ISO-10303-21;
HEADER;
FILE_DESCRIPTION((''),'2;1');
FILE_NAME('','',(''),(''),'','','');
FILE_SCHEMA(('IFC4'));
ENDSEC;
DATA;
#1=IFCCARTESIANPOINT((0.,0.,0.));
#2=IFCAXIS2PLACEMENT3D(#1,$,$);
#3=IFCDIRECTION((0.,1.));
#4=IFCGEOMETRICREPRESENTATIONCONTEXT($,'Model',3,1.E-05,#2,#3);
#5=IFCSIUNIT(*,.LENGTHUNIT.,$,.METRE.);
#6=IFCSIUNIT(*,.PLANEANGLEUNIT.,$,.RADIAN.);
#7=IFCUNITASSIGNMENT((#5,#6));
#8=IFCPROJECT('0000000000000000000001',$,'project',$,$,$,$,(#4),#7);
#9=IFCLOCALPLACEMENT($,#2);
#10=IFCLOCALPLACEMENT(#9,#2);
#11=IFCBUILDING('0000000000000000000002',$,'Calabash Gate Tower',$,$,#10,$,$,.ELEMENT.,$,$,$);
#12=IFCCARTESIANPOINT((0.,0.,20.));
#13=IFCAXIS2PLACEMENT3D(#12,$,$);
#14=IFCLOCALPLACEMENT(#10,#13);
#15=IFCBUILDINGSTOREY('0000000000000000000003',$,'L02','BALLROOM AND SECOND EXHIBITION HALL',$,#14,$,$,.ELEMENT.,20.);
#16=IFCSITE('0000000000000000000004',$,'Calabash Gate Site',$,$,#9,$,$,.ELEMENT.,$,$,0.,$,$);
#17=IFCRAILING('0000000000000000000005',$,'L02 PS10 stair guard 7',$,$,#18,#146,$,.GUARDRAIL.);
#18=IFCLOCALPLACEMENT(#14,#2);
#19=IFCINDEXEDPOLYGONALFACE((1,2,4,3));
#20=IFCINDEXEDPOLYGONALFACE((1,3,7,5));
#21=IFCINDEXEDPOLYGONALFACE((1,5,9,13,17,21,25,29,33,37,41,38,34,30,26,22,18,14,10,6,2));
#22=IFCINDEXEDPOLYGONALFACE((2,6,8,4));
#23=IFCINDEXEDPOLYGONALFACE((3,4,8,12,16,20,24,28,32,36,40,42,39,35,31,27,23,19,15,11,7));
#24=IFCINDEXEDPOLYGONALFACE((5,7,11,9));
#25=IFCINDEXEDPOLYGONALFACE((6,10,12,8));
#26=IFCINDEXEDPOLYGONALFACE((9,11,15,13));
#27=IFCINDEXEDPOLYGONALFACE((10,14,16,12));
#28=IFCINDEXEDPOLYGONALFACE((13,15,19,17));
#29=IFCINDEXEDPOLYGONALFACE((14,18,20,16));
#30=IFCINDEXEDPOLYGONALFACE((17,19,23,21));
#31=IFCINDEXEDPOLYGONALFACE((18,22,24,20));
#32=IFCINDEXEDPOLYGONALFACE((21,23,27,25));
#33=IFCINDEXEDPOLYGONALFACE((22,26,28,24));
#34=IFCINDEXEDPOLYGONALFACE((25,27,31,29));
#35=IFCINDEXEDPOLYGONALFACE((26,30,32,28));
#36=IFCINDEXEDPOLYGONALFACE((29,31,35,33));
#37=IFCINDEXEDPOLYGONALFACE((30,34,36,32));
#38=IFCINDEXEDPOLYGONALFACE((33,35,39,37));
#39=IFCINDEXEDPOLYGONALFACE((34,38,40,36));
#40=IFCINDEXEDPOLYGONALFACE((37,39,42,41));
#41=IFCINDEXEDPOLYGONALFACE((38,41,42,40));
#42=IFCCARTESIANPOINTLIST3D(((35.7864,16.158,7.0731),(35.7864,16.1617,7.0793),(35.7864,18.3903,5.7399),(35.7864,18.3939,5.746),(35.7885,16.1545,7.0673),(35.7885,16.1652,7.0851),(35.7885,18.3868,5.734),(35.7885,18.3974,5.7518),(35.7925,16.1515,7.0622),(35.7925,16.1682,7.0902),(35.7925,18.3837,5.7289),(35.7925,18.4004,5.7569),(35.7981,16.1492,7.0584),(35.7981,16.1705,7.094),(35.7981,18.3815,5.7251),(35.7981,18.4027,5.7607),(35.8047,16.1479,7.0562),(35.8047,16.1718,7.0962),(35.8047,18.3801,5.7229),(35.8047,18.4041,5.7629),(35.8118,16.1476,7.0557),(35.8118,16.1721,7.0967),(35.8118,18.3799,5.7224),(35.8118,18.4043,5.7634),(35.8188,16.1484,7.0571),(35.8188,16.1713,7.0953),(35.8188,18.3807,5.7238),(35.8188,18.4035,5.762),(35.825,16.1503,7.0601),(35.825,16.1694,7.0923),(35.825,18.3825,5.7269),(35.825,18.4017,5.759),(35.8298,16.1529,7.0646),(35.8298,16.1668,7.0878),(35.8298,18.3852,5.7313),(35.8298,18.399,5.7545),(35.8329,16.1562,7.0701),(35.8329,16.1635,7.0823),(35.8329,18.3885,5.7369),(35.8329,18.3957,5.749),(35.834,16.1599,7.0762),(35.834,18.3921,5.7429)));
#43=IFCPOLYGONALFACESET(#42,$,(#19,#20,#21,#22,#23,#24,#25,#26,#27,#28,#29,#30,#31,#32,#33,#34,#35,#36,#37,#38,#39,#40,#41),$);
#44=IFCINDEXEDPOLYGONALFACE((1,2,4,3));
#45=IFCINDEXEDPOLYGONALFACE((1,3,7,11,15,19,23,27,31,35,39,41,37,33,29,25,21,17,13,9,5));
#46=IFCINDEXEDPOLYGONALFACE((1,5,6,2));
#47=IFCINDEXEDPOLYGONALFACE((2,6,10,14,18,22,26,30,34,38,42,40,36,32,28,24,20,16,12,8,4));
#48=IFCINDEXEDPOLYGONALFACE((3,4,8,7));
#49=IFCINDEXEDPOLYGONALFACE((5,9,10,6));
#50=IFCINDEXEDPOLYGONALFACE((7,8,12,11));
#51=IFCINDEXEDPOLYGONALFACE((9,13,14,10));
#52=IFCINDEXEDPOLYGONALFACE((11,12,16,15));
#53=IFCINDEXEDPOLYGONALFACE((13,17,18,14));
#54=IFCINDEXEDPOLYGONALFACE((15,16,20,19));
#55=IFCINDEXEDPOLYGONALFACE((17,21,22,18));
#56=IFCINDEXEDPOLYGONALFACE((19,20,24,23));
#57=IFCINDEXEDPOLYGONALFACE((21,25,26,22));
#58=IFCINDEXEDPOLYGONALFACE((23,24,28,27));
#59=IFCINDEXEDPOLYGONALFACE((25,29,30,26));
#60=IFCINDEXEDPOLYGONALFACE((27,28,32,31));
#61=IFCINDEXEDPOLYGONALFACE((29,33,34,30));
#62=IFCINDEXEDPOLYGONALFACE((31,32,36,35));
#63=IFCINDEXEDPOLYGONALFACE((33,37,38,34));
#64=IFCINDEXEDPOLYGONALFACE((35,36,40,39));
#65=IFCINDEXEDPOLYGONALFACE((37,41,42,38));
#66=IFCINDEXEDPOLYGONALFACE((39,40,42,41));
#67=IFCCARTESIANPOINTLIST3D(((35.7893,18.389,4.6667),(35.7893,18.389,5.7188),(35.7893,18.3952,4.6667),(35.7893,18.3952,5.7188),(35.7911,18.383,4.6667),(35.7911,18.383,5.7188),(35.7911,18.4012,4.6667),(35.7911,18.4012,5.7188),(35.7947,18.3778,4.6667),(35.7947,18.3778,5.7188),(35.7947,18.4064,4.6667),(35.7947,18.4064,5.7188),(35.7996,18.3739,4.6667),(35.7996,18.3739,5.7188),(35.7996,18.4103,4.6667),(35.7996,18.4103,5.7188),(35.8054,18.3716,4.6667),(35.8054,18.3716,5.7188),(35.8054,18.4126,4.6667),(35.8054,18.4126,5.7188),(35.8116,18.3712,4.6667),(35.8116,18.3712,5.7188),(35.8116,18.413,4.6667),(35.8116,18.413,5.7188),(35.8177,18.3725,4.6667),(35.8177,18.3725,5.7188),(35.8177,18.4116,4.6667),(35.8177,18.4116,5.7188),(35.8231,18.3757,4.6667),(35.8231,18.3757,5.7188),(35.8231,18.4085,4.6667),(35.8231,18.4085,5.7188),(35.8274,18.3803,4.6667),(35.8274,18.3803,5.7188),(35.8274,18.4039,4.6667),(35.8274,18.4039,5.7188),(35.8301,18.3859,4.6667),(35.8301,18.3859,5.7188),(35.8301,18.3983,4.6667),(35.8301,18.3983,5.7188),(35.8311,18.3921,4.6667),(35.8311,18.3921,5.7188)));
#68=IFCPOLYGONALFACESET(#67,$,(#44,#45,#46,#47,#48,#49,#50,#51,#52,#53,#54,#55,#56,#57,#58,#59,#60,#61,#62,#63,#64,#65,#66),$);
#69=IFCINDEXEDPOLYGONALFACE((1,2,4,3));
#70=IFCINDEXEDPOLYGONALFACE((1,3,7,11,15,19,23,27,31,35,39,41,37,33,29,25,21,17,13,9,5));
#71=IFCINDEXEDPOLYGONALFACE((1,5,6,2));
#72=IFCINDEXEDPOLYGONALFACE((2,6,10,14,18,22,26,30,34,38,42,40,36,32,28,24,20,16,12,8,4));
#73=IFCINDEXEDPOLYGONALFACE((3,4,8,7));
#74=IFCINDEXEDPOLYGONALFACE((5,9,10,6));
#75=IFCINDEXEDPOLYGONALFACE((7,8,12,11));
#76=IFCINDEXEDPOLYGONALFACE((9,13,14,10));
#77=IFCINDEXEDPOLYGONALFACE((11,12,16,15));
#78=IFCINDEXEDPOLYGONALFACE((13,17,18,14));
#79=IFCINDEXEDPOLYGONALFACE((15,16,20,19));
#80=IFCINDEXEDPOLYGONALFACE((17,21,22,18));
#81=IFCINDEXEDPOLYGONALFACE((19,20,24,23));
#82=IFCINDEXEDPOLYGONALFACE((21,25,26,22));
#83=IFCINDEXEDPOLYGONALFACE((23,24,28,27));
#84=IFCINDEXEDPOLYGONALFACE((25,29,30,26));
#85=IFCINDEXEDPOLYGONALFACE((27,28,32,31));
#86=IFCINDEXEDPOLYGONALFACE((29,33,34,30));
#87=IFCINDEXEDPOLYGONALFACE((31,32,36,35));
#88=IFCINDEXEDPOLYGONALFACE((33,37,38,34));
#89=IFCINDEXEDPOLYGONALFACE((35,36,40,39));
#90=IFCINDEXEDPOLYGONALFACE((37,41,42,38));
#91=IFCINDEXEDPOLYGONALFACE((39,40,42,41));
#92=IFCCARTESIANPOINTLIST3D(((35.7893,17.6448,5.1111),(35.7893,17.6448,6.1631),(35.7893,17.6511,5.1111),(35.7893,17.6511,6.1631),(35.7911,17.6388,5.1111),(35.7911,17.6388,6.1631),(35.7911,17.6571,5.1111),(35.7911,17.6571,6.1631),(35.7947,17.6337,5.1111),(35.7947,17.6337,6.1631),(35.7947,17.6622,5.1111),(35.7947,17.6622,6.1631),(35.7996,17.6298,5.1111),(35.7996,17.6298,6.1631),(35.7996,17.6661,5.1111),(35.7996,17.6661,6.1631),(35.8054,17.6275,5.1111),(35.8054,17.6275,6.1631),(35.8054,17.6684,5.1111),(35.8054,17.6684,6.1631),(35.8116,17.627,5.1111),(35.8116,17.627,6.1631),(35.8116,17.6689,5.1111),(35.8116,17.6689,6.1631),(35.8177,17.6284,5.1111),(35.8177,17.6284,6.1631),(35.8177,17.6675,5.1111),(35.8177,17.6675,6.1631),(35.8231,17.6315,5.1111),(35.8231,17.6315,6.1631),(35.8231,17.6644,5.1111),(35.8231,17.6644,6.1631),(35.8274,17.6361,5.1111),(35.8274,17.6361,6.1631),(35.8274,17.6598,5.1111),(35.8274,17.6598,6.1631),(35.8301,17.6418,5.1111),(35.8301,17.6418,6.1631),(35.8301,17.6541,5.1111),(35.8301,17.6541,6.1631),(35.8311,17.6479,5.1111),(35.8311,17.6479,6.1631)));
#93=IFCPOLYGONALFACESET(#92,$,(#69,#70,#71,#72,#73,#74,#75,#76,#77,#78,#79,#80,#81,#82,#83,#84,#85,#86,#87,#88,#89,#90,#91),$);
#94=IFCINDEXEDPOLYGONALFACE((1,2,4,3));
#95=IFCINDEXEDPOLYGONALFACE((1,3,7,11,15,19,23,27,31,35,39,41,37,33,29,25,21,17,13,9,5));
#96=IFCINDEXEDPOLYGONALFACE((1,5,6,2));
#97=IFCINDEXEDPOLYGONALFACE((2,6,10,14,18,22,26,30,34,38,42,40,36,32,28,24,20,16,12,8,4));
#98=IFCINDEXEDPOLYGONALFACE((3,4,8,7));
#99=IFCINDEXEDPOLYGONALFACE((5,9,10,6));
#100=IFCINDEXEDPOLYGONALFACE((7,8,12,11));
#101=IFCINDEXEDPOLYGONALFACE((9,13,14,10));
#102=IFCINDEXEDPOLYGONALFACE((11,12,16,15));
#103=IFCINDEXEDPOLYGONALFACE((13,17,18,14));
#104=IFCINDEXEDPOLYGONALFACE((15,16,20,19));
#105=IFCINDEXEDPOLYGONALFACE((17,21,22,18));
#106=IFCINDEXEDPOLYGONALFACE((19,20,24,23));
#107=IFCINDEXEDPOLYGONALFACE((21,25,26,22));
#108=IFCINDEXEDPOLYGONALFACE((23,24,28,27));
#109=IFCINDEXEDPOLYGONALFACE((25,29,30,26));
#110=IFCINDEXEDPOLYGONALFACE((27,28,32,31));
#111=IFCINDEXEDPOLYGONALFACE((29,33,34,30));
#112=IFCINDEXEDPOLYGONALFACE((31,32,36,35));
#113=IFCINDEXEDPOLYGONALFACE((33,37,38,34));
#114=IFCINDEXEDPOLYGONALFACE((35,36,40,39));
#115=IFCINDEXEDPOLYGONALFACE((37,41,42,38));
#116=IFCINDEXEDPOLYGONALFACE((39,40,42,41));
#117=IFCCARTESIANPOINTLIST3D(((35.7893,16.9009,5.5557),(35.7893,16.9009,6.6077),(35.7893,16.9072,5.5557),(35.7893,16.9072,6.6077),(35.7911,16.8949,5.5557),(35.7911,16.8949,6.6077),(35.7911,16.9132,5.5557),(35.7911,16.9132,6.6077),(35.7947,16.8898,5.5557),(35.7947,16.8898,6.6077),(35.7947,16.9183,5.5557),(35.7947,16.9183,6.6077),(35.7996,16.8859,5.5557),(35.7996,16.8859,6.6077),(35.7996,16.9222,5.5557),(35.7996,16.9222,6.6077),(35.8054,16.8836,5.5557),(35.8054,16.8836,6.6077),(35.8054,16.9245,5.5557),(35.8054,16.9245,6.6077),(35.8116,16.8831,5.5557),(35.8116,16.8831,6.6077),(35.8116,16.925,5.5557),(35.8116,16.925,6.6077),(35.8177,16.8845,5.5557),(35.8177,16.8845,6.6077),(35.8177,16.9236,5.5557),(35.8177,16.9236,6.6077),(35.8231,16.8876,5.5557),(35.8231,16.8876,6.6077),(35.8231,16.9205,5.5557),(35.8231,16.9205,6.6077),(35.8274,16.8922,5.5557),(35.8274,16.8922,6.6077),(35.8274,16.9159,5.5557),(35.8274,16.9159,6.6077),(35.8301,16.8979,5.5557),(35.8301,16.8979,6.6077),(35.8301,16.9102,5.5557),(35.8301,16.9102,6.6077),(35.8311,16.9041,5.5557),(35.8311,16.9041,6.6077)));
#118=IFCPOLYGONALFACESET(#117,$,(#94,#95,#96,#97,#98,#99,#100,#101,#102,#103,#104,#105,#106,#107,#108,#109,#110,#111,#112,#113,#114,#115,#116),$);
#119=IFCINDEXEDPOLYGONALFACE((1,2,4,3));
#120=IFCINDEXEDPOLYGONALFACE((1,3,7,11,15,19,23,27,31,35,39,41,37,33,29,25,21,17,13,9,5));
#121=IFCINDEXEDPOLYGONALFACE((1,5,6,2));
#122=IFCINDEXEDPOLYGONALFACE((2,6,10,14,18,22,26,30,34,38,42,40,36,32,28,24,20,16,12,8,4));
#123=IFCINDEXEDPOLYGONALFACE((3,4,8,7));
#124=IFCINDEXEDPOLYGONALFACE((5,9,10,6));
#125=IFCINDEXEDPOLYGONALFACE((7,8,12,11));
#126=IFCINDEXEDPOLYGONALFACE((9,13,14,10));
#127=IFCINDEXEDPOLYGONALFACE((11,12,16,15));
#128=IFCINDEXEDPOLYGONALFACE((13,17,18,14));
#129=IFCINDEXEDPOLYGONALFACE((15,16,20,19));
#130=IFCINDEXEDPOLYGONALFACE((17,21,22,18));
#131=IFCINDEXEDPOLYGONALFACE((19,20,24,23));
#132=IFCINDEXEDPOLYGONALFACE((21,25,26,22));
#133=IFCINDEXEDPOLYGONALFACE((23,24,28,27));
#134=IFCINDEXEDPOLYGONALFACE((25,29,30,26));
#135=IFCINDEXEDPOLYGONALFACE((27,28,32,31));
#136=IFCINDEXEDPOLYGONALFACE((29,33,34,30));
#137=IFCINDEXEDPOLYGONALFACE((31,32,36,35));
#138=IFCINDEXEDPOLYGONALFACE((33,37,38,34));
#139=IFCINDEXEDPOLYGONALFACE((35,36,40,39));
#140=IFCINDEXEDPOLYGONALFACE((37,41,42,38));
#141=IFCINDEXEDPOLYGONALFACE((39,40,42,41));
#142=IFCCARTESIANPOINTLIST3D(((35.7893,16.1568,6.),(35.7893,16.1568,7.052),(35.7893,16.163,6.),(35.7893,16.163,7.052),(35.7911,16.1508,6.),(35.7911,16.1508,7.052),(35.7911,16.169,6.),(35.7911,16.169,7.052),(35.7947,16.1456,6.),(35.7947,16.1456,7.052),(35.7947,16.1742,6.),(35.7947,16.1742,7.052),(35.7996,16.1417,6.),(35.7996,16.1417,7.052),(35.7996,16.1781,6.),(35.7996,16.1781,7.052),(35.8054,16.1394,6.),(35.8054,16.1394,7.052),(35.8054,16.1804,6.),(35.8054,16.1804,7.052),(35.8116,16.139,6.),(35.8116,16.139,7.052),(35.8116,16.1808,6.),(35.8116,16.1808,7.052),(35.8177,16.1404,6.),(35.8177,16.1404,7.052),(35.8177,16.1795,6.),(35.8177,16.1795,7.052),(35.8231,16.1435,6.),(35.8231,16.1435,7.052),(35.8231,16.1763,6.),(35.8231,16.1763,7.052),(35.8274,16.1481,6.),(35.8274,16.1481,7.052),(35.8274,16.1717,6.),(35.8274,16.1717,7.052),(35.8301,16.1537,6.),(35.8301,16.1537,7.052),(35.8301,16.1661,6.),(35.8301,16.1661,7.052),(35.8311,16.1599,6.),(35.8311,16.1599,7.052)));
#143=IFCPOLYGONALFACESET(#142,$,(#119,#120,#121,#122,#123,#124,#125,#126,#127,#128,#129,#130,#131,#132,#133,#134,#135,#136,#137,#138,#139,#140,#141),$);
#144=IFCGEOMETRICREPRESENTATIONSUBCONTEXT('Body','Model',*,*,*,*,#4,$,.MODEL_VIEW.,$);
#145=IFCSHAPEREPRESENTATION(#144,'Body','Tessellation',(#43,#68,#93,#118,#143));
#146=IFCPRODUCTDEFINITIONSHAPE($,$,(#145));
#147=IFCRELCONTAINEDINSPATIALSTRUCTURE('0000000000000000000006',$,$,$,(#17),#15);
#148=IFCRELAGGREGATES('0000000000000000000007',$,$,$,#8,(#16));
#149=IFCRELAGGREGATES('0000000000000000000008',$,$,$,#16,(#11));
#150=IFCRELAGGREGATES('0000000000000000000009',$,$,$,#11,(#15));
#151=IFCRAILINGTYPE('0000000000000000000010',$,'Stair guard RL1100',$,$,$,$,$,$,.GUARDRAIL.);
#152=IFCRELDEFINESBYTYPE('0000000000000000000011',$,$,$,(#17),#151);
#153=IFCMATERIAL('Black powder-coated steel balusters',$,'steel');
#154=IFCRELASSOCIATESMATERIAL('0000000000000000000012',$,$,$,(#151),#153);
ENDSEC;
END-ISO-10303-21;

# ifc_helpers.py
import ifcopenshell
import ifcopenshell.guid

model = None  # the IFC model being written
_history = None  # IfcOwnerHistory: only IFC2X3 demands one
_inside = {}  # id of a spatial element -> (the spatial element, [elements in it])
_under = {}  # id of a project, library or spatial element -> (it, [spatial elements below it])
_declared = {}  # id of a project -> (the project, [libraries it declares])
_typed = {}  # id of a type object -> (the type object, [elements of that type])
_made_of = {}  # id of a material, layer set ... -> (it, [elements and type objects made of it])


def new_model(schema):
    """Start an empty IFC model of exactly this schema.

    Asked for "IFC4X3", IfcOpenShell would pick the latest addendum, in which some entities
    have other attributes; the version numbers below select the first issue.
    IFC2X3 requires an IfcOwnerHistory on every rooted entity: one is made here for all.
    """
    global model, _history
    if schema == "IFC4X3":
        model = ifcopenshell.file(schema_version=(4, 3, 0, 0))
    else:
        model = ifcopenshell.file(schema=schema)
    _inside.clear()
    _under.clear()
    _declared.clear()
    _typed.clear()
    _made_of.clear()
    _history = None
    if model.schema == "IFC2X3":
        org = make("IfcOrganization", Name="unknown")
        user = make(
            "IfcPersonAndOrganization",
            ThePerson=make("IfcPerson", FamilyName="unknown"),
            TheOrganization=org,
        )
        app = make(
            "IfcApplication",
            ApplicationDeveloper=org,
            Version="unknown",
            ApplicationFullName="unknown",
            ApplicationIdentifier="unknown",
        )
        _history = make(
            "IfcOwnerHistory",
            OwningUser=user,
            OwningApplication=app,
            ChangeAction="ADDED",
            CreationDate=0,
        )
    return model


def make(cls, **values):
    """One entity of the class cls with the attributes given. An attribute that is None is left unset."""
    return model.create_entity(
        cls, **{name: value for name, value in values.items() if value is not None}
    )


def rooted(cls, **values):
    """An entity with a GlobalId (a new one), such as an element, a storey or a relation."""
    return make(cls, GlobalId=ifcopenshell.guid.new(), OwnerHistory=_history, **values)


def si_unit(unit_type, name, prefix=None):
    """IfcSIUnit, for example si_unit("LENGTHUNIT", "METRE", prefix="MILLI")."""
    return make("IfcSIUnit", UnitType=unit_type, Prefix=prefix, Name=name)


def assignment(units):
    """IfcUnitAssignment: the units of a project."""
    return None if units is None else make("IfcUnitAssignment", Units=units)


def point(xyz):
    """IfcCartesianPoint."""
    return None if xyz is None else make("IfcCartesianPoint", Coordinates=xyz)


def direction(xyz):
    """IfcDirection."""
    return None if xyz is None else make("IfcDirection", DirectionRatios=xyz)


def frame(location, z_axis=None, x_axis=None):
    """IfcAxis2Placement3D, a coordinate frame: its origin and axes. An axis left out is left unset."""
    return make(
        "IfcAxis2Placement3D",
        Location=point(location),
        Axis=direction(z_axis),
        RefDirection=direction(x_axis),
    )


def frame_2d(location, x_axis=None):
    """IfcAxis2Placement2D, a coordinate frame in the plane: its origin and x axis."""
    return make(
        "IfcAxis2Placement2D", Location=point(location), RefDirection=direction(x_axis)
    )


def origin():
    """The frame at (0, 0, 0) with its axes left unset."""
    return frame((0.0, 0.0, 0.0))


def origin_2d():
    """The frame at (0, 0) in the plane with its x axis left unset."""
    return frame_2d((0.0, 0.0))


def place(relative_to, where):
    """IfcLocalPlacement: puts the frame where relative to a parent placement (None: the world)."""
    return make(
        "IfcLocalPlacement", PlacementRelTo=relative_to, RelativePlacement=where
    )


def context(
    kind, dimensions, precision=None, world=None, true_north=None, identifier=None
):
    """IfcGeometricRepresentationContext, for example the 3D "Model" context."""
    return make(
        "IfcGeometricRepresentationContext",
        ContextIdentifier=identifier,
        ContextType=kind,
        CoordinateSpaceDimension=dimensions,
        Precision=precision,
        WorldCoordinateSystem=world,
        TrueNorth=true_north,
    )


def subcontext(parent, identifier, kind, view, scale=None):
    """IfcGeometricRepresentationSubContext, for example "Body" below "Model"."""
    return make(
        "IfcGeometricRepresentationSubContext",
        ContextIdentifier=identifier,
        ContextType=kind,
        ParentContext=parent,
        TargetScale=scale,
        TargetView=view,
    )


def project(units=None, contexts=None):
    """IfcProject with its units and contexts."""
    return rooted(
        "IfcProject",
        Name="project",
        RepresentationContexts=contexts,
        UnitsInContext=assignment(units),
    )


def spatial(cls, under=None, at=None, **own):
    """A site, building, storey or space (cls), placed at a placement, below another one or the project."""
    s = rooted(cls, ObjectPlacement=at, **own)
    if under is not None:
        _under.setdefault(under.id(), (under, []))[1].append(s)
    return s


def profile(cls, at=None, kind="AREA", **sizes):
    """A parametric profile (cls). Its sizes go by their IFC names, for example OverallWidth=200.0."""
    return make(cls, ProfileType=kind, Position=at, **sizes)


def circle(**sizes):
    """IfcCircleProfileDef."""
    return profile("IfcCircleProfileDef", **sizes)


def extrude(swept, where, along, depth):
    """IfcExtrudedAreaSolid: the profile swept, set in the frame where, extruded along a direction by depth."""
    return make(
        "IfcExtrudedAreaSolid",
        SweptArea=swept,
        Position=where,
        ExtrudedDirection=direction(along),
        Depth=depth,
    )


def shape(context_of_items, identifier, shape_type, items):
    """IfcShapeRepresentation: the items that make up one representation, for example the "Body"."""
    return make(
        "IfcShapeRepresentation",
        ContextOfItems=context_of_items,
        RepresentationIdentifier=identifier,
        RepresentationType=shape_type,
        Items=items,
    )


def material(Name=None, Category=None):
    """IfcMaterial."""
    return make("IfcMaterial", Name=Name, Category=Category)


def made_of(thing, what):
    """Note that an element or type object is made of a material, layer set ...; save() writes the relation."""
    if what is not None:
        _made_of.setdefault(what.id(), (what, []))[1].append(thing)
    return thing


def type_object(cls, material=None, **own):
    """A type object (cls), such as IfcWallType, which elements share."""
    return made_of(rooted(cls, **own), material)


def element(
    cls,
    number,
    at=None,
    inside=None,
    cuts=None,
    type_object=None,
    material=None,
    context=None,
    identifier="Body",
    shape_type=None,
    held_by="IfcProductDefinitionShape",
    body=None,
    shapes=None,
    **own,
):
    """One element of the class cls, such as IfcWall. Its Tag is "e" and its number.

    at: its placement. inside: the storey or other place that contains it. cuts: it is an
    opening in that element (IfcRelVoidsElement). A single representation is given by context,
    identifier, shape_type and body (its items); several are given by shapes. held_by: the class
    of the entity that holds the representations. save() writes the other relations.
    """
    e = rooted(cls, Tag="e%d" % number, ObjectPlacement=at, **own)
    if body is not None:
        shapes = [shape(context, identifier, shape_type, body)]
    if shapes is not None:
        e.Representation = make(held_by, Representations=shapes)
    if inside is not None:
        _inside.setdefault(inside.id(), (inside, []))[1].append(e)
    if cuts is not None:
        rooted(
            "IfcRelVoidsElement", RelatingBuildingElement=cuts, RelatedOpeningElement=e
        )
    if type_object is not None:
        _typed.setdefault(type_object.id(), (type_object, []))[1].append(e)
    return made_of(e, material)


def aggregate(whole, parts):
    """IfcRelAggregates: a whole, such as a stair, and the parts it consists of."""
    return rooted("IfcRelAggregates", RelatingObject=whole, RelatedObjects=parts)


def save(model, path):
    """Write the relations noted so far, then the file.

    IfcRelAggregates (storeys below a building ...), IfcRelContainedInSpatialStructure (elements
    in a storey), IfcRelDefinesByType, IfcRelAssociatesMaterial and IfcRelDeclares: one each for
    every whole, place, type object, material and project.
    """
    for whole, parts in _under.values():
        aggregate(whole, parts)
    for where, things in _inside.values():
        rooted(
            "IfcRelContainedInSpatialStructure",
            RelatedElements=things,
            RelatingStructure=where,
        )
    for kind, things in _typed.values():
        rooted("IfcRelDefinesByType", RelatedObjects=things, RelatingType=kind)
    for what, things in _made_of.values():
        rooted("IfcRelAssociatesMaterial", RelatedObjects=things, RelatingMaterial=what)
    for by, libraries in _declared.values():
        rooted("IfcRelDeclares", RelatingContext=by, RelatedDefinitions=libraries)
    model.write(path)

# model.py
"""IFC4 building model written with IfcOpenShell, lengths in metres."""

from ifc_helpers import new_model, si_unit, direction, frame, origin, origin_2d, place, context, subcontext, project, spatial, circle, extrude, material, type_object, element, save


model = new_model("IFC4")

# Units and contexts
model_context = context("Model", 3, precision=1e-05, world=origin(), true_north=direction((0.0, 1.0)))
body_context = subcontext(model_context, "Body", "Model", "MODEL_VIEW")
ifc_project = project(units=[si_unit("LENGTHUNIT", "METRE"), si_unit("PLANEANGLEUNIT", "RADIAN")], contexts=[model_context])

# Site, building, storey
site_placement = place(None, origin())
site = spatial("IfcSite", under=ifc_project, at=site_placement, Name="Calabash Gate Site", CompositionType="ELEMENT", RefElevation=0.0)
building_placement = place(site_placement, origin())
building = spatial("IfcBuilding", under=site, at=building_placement, Name="Calabash Gate Tower", CompositionType="ELEMENT")
storey_placement = place(building_placement, frame((0.0, 0.0, 20.0)))
storey = spatial("IfcBuildingStorey", under=building, at=storey_placement, Name="L02", Description="BALLROOM AND SECOND EXHIBITION HALL", CompositionType="ELEMENT", Elevation=20.0)

# Railing
ifc_material_1 = material(Name="Black powder-coated steel balusters", Category="steel")
railing_type_1 = type_object("IfcRailingType", Name="Stair guard RL1100", PredefinedType="GUARDRAIL", material=ifc_material_1)
railing_1_placement = place(storey_placement, frame((35.8101, 18.3921, 4.6667)))
element("IfcRailing", 1, at=railing_1_placement, inside=storey, type_object=railing_type_1, Name="L02 PS10 stair guard 7", PredefinedType="GUARDRAIL", context=body_context, shape_type="SweptSolid", body=[
    extrude(circle(Radius=0.0239, at=origin_2d()), frame((0.0, 0.0, 1.0762), z_axis=(0.0, -0.858519, 0.512782), x_axis=(1.0, 0.0, 0.0)), (0.0, 0.0, 1.0), 2.6001),
    extrude(circle(Radius=0.021, at=origin_2d()), origin(), (0.0, 0.0, 1.0), 1.052),
    extrude(circle(Radius=0.021, at=origin_2d()), frame((0.0, -0.7441, 0.4443)), (0.0, 0.0, 1.0), 1.052),
    extrude(circle(Radius=0.021, at=origin_2d()), frame((0.0, -1.488, 0.8889)), (0.0, 0.0, 1.0), 1.052),
    extrude(circle(Radius=0.021, at=origin_2d()), frame((0.0, -2.2322, 1.3333)), (0.0, 0.0, 1.0), 1.052),
])

save(model, "model.ifc")
